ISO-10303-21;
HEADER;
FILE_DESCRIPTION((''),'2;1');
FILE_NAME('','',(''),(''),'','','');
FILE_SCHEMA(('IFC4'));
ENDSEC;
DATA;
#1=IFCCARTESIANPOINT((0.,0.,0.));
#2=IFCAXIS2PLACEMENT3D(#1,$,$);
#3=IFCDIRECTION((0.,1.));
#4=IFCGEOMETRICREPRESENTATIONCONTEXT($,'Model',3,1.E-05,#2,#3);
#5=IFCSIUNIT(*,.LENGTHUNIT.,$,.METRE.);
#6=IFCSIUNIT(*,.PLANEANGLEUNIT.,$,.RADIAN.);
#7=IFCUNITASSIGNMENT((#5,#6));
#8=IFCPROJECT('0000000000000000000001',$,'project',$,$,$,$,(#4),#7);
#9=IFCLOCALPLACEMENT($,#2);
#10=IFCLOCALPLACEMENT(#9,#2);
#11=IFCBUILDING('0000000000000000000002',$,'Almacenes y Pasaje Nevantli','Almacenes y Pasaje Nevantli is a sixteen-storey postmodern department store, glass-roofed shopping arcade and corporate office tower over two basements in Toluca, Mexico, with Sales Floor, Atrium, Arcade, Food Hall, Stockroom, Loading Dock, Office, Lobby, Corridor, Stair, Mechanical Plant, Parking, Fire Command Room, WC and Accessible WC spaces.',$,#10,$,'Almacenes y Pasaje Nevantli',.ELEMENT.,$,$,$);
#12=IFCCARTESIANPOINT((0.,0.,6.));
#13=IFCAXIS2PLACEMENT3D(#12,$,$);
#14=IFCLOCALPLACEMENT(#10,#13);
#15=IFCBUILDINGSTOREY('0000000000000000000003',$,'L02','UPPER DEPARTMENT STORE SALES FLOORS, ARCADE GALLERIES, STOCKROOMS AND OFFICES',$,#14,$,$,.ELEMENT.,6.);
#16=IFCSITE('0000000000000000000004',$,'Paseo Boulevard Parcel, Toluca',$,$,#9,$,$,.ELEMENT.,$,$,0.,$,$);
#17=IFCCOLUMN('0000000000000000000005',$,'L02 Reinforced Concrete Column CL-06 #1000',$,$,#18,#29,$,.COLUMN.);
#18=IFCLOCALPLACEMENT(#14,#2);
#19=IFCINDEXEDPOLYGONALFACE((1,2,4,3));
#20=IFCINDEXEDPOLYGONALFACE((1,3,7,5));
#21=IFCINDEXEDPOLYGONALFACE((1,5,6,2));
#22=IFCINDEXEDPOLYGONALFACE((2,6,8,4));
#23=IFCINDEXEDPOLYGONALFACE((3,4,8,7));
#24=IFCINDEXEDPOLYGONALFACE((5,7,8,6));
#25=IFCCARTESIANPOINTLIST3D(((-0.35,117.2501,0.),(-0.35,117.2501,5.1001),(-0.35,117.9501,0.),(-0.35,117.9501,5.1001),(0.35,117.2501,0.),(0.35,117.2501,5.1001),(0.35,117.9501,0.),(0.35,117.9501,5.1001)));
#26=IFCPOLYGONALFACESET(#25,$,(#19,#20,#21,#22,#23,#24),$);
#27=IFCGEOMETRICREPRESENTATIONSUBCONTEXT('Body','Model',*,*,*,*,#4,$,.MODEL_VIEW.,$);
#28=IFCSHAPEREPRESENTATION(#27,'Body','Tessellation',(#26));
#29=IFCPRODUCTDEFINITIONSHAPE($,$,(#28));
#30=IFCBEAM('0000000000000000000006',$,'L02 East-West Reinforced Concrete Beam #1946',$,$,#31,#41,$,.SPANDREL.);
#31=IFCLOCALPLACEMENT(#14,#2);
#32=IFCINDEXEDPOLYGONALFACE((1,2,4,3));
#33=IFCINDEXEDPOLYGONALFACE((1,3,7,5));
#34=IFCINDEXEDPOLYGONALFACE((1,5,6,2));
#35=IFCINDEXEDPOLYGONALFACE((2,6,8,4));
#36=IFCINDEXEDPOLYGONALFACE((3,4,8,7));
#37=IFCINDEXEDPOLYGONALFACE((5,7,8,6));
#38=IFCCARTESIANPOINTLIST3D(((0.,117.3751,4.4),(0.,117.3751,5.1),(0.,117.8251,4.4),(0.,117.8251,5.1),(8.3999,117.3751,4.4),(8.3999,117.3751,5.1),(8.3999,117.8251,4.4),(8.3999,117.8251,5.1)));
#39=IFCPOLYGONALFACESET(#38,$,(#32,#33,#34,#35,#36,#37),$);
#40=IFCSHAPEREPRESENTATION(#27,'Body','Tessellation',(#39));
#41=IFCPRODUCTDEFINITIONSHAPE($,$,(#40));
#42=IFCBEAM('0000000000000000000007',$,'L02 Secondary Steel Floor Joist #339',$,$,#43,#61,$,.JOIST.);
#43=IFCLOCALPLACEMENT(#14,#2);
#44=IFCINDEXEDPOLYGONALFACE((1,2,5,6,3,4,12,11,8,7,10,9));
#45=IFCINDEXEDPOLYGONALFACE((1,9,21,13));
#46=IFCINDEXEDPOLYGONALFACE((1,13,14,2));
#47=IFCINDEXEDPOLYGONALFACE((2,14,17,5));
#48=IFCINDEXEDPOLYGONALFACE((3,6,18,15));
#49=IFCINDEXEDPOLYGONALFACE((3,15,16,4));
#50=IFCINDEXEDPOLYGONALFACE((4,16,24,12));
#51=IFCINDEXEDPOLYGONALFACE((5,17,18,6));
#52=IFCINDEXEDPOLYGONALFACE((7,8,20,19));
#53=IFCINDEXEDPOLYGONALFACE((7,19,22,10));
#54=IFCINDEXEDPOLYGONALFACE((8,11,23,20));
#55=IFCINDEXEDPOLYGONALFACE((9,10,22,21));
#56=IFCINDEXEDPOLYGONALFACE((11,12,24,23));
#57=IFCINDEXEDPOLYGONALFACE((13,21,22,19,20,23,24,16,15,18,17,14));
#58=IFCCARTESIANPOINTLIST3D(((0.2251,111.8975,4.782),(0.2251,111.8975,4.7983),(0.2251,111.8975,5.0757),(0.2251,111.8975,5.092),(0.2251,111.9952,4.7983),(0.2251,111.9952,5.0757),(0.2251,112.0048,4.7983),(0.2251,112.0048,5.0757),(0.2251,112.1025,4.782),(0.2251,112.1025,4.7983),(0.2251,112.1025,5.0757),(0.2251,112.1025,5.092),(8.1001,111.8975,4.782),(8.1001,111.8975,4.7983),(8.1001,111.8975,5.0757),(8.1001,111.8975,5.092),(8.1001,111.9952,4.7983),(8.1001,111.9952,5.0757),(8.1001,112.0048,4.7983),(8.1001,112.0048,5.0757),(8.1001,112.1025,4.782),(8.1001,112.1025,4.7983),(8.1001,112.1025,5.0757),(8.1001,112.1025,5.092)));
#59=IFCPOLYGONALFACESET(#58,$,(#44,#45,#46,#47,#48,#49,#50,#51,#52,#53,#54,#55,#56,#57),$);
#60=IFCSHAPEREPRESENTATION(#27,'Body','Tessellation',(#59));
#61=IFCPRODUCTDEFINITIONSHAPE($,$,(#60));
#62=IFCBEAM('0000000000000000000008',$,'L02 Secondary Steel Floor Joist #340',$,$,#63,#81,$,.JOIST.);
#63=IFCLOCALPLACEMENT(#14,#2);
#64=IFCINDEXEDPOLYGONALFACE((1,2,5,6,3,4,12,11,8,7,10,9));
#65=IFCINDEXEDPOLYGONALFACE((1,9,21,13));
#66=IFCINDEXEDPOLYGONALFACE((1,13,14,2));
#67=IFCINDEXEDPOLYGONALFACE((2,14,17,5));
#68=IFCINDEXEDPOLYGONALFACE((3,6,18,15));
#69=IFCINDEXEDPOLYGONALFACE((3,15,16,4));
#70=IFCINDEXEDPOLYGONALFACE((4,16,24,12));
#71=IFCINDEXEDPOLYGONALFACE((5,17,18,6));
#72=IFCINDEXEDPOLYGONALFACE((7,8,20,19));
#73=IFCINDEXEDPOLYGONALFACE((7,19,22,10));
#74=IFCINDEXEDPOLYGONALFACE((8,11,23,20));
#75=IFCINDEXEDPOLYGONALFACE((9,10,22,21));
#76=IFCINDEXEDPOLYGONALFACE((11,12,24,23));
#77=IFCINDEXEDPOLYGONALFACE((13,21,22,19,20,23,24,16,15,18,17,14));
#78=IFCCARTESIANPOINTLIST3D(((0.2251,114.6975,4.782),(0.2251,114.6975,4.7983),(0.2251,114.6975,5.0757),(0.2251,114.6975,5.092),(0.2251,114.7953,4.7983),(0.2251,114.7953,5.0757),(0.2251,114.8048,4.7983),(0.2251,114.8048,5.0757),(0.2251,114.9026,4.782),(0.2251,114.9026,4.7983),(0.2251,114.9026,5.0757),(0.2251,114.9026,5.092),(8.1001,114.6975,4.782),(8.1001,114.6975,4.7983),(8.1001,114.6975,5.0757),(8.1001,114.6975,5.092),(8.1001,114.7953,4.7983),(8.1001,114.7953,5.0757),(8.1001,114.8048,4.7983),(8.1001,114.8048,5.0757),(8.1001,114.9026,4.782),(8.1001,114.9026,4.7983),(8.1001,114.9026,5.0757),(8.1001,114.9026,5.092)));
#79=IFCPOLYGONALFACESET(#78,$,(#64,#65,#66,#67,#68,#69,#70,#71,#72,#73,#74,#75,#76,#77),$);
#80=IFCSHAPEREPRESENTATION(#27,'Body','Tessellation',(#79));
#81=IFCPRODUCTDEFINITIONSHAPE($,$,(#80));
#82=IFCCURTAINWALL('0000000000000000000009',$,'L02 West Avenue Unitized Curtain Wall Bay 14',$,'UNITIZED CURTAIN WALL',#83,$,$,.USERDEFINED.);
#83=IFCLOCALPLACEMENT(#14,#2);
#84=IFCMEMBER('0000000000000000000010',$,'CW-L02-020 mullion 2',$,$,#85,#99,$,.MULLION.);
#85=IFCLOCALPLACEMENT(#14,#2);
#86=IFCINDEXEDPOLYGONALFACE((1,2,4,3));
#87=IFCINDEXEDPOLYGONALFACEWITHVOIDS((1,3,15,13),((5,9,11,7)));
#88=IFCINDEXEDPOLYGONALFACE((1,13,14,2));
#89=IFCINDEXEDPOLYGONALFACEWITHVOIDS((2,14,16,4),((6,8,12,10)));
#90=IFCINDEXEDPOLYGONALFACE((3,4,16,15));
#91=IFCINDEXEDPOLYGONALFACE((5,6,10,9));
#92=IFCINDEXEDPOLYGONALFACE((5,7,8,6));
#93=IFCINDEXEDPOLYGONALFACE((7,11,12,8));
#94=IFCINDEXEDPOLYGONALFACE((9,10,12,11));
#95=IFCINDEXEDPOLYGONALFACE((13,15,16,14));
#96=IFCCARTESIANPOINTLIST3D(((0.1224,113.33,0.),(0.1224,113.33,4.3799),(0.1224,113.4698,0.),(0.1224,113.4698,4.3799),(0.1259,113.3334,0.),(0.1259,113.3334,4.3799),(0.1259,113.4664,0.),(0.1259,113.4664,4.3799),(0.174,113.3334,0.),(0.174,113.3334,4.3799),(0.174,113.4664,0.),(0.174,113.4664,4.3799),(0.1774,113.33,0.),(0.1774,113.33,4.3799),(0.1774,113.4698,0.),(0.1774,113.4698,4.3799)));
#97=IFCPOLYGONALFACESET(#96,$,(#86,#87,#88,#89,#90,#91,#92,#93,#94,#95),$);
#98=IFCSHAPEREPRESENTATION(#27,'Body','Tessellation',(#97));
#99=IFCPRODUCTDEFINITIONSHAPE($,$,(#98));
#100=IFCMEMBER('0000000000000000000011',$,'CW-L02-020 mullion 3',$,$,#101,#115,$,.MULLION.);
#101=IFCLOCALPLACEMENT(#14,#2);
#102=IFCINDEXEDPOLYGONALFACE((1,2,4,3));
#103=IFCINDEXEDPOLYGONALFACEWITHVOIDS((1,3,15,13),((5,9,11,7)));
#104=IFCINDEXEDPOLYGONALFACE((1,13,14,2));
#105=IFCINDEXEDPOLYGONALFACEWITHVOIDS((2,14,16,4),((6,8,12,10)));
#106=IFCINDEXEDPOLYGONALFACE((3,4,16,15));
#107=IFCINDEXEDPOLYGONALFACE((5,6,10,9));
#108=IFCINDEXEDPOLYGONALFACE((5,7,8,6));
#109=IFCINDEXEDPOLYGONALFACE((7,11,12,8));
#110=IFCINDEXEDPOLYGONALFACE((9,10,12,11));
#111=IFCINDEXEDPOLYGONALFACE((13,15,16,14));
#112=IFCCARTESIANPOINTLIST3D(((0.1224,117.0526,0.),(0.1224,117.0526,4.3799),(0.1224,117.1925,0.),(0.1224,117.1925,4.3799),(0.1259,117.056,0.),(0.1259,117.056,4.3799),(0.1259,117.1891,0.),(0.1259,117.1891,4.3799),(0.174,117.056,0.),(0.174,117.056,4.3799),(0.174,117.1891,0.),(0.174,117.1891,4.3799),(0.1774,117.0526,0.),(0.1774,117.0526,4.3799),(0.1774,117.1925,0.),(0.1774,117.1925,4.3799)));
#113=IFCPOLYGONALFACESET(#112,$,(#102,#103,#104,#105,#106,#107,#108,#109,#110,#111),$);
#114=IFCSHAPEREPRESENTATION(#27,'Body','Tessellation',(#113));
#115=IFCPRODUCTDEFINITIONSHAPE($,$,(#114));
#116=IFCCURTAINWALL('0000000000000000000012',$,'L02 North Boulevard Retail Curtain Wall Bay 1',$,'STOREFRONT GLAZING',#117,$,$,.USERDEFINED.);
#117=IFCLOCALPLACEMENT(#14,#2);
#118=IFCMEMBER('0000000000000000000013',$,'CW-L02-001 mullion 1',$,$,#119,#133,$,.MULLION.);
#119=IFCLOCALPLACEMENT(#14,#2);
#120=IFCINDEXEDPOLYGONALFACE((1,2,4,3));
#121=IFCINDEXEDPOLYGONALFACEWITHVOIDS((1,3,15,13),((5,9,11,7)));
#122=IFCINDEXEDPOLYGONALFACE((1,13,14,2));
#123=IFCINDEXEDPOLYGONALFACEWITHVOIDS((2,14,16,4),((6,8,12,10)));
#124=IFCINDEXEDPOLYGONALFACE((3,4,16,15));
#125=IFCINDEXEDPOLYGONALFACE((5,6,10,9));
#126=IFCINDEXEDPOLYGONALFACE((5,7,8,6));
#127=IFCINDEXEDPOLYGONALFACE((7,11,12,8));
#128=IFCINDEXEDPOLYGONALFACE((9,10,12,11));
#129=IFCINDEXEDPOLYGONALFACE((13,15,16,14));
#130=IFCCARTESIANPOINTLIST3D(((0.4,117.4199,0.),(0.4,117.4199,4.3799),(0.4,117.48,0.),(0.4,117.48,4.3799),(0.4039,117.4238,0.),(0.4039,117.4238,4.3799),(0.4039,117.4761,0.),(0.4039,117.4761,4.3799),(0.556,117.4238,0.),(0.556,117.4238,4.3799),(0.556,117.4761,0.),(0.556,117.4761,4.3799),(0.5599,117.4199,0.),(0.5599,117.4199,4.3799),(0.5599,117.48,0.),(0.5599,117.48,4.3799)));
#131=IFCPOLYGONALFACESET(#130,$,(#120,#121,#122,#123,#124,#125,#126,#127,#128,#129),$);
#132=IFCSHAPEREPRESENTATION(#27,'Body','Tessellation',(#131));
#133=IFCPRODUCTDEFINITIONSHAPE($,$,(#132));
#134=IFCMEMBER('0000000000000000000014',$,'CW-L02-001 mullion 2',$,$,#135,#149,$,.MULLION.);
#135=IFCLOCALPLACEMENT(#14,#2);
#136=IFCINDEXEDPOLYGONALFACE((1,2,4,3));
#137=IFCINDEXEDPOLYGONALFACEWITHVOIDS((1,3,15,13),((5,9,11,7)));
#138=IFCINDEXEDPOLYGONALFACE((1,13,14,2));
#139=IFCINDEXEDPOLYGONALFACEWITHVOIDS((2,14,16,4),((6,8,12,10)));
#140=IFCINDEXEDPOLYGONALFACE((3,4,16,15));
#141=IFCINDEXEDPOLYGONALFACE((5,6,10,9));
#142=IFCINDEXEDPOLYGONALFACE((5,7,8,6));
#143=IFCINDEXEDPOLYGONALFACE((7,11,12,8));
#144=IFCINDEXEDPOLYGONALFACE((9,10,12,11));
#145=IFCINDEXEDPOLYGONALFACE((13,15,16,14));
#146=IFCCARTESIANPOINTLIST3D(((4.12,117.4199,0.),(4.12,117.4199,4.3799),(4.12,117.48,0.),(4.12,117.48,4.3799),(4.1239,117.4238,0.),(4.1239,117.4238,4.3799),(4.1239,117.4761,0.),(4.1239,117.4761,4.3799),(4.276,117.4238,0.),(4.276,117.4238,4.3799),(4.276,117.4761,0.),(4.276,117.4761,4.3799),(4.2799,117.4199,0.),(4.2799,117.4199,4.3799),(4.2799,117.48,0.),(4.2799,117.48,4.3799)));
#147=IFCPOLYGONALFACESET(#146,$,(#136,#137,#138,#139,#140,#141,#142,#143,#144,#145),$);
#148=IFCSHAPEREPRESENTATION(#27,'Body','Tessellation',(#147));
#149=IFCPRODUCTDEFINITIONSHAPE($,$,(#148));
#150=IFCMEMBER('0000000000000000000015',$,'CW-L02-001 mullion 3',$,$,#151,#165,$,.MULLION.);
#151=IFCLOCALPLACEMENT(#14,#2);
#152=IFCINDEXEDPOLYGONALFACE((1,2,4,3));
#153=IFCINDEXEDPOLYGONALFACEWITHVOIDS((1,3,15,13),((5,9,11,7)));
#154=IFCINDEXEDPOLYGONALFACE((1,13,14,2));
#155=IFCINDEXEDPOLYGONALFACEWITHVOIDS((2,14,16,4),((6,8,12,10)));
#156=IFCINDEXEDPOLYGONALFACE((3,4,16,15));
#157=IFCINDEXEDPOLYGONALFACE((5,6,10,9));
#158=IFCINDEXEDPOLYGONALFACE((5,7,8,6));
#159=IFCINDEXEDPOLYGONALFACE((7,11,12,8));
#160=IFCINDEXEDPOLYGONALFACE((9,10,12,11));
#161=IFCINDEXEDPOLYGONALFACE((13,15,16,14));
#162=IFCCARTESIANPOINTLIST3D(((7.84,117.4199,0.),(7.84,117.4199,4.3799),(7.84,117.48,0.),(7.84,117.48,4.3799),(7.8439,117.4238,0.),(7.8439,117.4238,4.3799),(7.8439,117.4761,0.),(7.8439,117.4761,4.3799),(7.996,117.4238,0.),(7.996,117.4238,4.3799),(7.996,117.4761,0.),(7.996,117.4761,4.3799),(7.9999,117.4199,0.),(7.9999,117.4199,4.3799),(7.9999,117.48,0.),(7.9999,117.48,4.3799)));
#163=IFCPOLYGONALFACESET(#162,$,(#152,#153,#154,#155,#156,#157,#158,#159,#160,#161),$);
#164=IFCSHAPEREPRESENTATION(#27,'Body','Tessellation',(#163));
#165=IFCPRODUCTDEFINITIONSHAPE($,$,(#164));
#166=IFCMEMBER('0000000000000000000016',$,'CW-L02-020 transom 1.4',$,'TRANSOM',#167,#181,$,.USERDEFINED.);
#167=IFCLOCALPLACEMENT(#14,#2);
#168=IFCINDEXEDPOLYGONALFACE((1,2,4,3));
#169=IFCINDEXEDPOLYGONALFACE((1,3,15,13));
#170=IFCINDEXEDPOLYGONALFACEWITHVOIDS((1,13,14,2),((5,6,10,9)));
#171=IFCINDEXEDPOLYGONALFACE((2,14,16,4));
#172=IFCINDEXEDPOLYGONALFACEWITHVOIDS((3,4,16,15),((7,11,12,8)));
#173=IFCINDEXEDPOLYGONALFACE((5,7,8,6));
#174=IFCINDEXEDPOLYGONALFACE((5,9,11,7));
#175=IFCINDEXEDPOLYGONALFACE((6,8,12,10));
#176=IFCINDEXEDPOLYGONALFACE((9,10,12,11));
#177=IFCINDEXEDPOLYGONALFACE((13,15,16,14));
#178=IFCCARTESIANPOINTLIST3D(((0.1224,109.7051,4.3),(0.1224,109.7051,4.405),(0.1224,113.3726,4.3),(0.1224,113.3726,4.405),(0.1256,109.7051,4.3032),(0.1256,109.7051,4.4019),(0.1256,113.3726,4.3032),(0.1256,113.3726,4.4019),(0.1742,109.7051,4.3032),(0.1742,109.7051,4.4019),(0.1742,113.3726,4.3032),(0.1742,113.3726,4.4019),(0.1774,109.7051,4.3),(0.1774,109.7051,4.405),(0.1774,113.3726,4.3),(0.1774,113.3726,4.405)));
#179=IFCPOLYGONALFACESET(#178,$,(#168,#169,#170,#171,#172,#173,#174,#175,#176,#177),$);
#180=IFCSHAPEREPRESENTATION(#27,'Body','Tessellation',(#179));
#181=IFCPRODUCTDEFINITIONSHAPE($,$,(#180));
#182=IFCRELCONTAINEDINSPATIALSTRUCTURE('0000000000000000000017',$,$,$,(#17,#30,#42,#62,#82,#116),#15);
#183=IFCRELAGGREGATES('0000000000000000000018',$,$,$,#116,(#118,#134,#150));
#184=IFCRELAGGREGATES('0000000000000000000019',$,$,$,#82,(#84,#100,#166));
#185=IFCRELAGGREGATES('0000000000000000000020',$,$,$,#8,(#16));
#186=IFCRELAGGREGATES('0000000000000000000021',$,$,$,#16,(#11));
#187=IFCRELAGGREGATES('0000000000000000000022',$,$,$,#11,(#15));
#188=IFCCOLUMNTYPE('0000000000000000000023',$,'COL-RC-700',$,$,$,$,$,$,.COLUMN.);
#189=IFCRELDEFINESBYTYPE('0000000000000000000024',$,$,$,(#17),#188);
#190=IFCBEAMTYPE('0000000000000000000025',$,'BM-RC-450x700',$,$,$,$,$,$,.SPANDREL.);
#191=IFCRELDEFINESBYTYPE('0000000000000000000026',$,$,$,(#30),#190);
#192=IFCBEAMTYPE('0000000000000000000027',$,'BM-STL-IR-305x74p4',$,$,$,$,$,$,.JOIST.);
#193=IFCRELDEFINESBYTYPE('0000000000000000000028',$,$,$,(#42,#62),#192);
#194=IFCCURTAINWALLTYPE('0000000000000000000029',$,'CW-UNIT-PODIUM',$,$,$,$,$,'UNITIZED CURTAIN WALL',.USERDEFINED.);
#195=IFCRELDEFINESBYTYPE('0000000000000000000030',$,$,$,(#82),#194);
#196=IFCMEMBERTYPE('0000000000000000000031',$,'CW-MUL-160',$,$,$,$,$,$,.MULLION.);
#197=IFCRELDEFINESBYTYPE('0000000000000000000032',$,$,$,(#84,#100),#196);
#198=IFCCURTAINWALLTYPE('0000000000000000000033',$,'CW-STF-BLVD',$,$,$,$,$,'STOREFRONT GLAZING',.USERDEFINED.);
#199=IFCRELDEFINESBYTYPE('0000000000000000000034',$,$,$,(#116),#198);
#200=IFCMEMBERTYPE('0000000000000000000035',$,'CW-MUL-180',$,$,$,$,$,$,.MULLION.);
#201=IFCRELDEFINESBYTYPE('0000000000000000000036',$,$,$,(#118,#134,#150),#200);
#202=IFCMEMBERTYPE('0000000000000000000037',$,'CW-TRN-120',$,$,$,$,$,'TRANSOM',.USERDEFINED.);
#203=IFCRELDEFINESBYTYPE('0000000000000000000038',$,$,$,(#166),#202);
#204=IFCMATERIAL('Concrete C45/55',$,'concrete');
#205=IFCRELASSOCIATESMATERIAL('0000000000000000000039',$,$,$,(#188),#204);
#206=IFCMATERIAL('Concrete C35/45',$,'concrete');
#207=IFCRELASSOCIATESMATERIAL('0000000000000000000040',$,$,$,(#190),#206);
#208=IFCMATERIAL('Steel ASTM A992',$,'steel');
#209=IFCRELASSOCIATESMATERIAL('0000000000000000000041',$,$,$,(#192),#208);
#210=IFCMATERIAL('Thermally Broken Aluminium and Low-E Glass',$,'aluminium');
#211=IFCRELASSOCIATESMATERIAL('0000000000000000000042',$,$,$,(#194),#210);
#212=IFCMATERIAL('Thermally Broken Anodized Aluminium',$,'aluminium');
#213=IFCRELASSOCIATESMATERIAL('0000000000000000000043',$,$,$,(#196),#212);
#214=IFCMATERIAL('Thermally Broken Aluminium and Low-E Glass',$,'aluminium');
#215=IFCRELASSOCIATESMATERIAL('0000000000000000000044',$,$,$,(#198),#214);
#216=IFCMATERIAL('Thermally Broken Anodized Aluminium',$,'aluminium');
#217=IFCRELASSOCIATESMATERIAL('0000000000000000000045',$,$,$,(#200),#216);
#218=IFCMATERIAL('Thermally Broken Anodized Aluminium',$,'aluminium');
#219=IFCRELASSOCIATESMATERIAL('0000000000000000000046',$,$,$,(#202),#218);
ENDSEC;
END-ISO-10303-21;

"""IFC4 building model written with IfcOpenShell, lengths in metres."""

from ifc_helpers import new_model, si_unit, direction, frame, origin, origin_2d, place, context, subcontext, project, spatial, rectangle, hollow_rectangle, i_section, extrude, material, material_profile, profile_set, type_object, element, aggregate, save


model = new_model("IFC4")

# Units and contexts
model_context = context("Model", 3, precision=1e-05, world=origin(), true_north=direction((0.0, 1.0)))
body_context = subcontext(model_context, "Body", "Model", "MODEL_VIEW")
ifc_project = project(units=[si_unit("LENGTHUNIT", "METRE"), si_unit("PLANEANGLEUNIT", "RADIAN")], contexts=[model_context])

# Site, building, storey
site_placement = place(None, origin())
site = spatial("IfcSite", under=ifc_project, at=site_placement, Name="Paseo Boulevard Parcel, Toluca", CompositionType="ELEMENT", RefElevation=0.0)
building_placement = place(site_placement, origin())
building = spatial("IfcBuilding", under=site, at=building_placement, Name="Almacenes y Pasaje Nevantli", Description="Almacenes y Pasaje Nevantli is a sixteen-storey postmodern department store, glass-roofed shopping arcade and corporate office tower over two basements in Toluca, Mexico, with Sales Floor, Atrium, Arcade, Food Hall, Stockroom, Loading Dock, Office, Lobby, Corridor, Stair, Mechanical Plant, Parking, Fire Command Room, WC and Accessible WC spaces.", LongName="Almacenes y Pasaje Nevantli", CompositionType="ELEMENT")
storey_placement = place(building_placement, frame((0.0, 0.0, 6.0)))
storey = spatial("IfcBuildingStorey", under=building, at=storey_placement, Name="L02", Description="UPPER DEPARTMENT STORE SALES FLOORS, ARCADE GALLERIES, STOCKROOMS AND OFFICES", CompositionType="ELEMENT", Elevation=6.0)

# Column
ifc_material_1 = material(Name="Concrete C45/55", Category="concrete")
ifc_material_profile_1 = material_profile(ifc_material_1, rectangle(XDim=0.7, YDim=0.7, at=origin_2d()), Name="RC-COL-700x700")
ifc_profile_set_1 = profile_set([ifc_material_profile_1], Name="Concrete C45/55")
column_type = type_object("IfcColumnType", Name="COL-RC-700", PredefinedType="COLUMN", material=ifc_profile_set_1)
column_placement = place(storey_placement, frame((0.0, 117.6001, 0.0), z_axis=(0.0, 0.0, 1.0), x_axis=(1.0, 0.0, 0.0)))
element("IfcColumn", 1, at=column_placement, inside=storey, type_object=column_type, Name="L02 Reinforced Concrete Column CL-06 #1000", PredefinedType="COLUMN", context=body_context, shape_type="SweptSolid", body=[
    extrude(rectangle(XDim=0.7, YDim=0.7, at=origin_2d()), origin(), (0.0, 0.0, 1.0), 5.1001),
])

# Beams
ifc_material_2 = material(Name="Concrete C35/45", Category="concrete")
ifc_material_profile_2 = material_profile(ifc_material_2, rectangle(XDim=0.45, YDim=0.7, at=origin_2d()), Name="RC-BM-450x700")
ifc_profile_set_2 = profile_set([ifc_material_profile_2], Name="Concrete C35/45")
beam_type_1 = type_object("IfcBeamType", Name="BM-RC-450x700", PredefinedType="SPANDREL", material=ifc_profile_set_2)
beam_placement = place(storey_placement, frame((0.0, 117.6001, 4.75), z_axis=(1.0, 0.0, 0.0), x_axis=(0.0, 1.0, 0.0)))
element("IfcBeam", 2, at=beam_placement, inside=storey, type_object=beam_type_1, Name="L02 East-West Reinforced Concrete Beam #1946", PredefinedType="SPANDREL", context=body_context, shape_type="SweptSolid", body=[
    extrude(rectangle(XDim=0.45, YDim=0.7, at=origin_2d()), origin(), (0.0, 0.0, 1.0), 8.3999),
])
ifc_material_3 = material(Name="Steel ASTM A992", Category="steel")
ifc_material_profile_3 = material_profile(ifc_material_3, i_section(OverallWidth=0.2051, OverallDepth=0.3101, WebThickness=0.0095, FlangeThickness=0.0164, at=origin_2d()), Name="IR 305x74.4")
ifc_profile_set_3 = profile_set([ifc_material_profile_3], Name="Steel ASTM A992")
beam_type_2 = type_object("IfcBeamType", Name="BM-STL-IR-305x74p4", PredefinedType="JOIST", material=ifc_profile_set_3)
for number, where, z_axis, x_axis, name in (
    (3, (0.2251, 112.0, 4.937), (1.0, 0.0, 0.0), (0.0, 1.0, 0.0), "L02 Secondary Steel Floor Joist #339"),
    (4, (0.2251, 114.8, 4.937), (1.0, 0.0, 0.0), (0.0, 1.0, 0.0), "L02 Secondary Steel Floor Joist #340"),
):
    element("IfcBeam", number, at=place(storey_placement, frame(where, z_axis=z_axis, x_axis=x_axis)), inside=storey, type_object=beam_type_2, Name=name, PredefinedType="JOIST", context=body_context, shape_type="SweptSolid", body=[
        extrude(i_section(OverallWidth=0.2051, OverallDepth=0.3101, WebThickness=0.0095, FlangeThickness=0.0164, at=origin_2d()), origin(), (0.0, 0.0, 1.0), 7.875),
    ])

# Curtain walls, members
ifc_material_4 = material(Name="Thermally Broken Aluminium and Low-E Glass", Category="aluminium")
curtain_wall_type_1 = type_object("IfcCurtainWallType", Name="CW-UNIT-PODIUM", ElementType="UNITIZED CURTAIN WALL", PredefinedType="USERDEFINED", material=ifc_material_4)
curtain_wall_1_placement = place(storey_placement, origin())
curtain_wall_1 = element("IfcCurtainWall", 5, at=curtain_wall_1_placement, inside=storey, type_object=curtain_wall_type_1, Name="L02 West Avenue Unitized Curtain Wall Bay 14", ObjectType="UNITIZED CURTAIN WALL", PredefinedType="USERDEFINED")
ifc_material_5 = material(Name="Thermally Broken Anodized Aluminium", Category="aluminium")
ifc_material_profile_4 = material_profile(ifc_material_5, hollow_rectangle(XDim=0.0549, YDim=0.1399, WallThickness=0.0034, at=origin_2d()), Name="ALU-MUL-55x140")
ifc_profile_set_4 = profile_set([ifc_material_profile_4], Name="Thermally Broken Anodized Aluminium")
member_type_1 = type_object("IfcMemberType", Name="CW-MUL-160", PredefinedType="MULLION", material=ifc_profile_set_4)
member_1_placement = place(storey_placement, frame((0.1499, 113.3999, 0.0), z_axis=(0.0, 0.0, 1.0), x_axis=(-1.0, 0.0, 0.0)))
member_1 = element("IfcMember", 6, at=member_1_placement, type_object=member_type_1, Name="CW-L02-020 mullion 2", PredefinedType="MULLION", context=body_context, shape_type="SweptSolid", body=[
    extrude(hollow_rectangle(XDim=0.0549, YDim=0.1399, WallThickness=0.0034, at=origin_2d()), origin(), (0.0, 0.0, 1.0), 4.3799),
])
member_2_placement = place(storey_placement, frame((0.1499, 117.1226, 0.0), z_axis=(0.0, 0.0, 1.0), x_axis=(-1.0, 0.0, 0.0)))
member_2 = element("IfcMember", 7, at=member_2_placement, type_object=member_type_1, Name="CW-L02-020 mullion 3", PredefinedType="MULLION", context=body_context, shape_type="SweptSolid", body=[
    extrude(hollow_rectangle(XDim=0.0549, YDim=0.1399, WallThickness=0.0034, at=origin_2d()), origin(), (0.0, 0.0, 1.0), 4.3799),
])
ifc_material_6 = material(Name="Thermally Broken Aluminium and Low-E Glass", Category="aluminium")
curtain_wall_type_2 = type_object("IfcCurtainWallType", Name="CW-STF-BLVD", ElementType="STOREFRONT GLAZING", PredefinedType="USERDEFINED", material=ifc_material_6)
curtain_wall_2_placement = place(storey_placement, origin())
curtain_wall_2 = element("IfcCurtainWall", 8, at=curtain_wall_2_placement, inside=storey, type_object=curtain_wall_type_2, Name="L02 North Boulevard Retail Curtain Wall Bay 1", ObjectType="STOREFRONT GLAZING", PredefinedType="USERDEFINED")
ifc_material_7 = material(Name="Thermally Broken Anodized Aluminium", Category="aluminium")
ifc_material_profile_5 = material_profile(ifc_material_7, hollow_rectangle(XDim=0.0601, YDim=0.1599, WallThickness=0.0039, at=origin_2d()), Name="ALU-MUL-60x160")
ifc_profile_set_5 = profile_set([ifc_material_profile_5], Name="Thermally Broken Anodized Aluminium")
member_type_2 = type_object("IfcMemberType", Name="CW-MUL-180", PredefinedType="MULLION", material=ifc_profile_set_5)
member_3_placement = place(storey_placement, frame((0.48, 117.45, 0.0), z_axis=(0.0, 0.0, 1.0), x_axis=(0.0, 1.0, 0.0)))
member_3 = element("IfcMember", 9, at=member_3_placement, type_object=member_type_2, Name="CW-L02-001 mullion 1", PredefinedType="MULLION", context=body_context, shape_type="SweptSolid", body=[
    extrude(hollow_rectangle(XDim=0.0601, YDim=0.1599, WallThickness=0.0039, at=origin_2d()), origin(), (0.0, 0.0, 1.0), 4.3799),
])
member_4_placement = place(storey_placement, frame((4.2, 117.45, 0.0), z_axis=(0.0, 0.0, 1.0), x_axis=(0.0, 1.0, 0.0)))
member_4 = element("IfcMember", 10, at=member_4_placement, type_object=member_type_2, Name="CW-L02-001 mullion 2", PredefinedType="MULLION", context=body_context, shape_type="SweptSolid", body=[
    extrude(hollow_rectangle(XDim=0.0601, YDim=0.1599, WallThickness=0.0039, at=origin_2d()), origin(), (0.0, 0.0, 1.0), 4.3799),
])
member_5_placement = place(storey_placement, frame((7.9199, 117.45, 0.0), z_axis=(0.0, 0.0, 1.0), x_axis=(0.0, 1.0, 0.0)))
member_5 = element("IfcMember", 11, at=member_5_placement, type_object=member_type_2, Name="CW-L02-001 mullion 3", PredefinedType="MULLION", context=body_context, shape_type="SweptSolid", body=[
    extrude(hollow_rectangle(XDim=0.0601, YDim=0.1599, WallThickness=0.0039, at=origin_2d()), origin(), (0.0, 0.0, 1.0), 4.3799),
])

# Member
ifc_material_8 = material(Name="Thermally Broken Anodized Aluminium", Category="aluminium")
ifc_material_profile_6 = material_profile(ifc_material_8, hollow_rectangle(XDim=0.0549, YDim=0.105, WallThickness=0.0032, at=origin_2d()), Name="ALU-TRN-55x105")
ifc_profile_set_6 = profile_set([ifc_material_profile_6], Name="Thermally Broken Anodized Aluminium")
member_type_3 = type_object("IfcMemberType", Name="CW-TRN-120", ElementType="TRANSOM", PredefinedType="USERDEFINED", material=ifc_profile_set_6)
member_6_placement = place(storey_placement, frame((0.1499, 109.7051, 4.3525), z_axis=(0.0, 1.0, 0.0), x_axis=(-1.0, 0.0, 0.0)))
member_6 = element("IfcMember", 12, at=member_6_placement, type_object=member_type_3, Name="CW-L02-020 transom 1.4", ObjectType="TRANSOM", PredefinedType="USERDEFINED", context=body_context, shape_type="SweptSolid", body=[
    extrude(hollow_rectangle(XDim=0.0549, YDim=0.105, WallThickness=0.0032, at=origin_2d()), origin(), (0.0, 0.0, 1.0), 3.6675),
])

aggregate(curtain_wall_2, [member_3, member_4, member_5])
aggregate(curtain_wall_1, [member_1, member_2, member_6])

save(model, "model.ifc")
